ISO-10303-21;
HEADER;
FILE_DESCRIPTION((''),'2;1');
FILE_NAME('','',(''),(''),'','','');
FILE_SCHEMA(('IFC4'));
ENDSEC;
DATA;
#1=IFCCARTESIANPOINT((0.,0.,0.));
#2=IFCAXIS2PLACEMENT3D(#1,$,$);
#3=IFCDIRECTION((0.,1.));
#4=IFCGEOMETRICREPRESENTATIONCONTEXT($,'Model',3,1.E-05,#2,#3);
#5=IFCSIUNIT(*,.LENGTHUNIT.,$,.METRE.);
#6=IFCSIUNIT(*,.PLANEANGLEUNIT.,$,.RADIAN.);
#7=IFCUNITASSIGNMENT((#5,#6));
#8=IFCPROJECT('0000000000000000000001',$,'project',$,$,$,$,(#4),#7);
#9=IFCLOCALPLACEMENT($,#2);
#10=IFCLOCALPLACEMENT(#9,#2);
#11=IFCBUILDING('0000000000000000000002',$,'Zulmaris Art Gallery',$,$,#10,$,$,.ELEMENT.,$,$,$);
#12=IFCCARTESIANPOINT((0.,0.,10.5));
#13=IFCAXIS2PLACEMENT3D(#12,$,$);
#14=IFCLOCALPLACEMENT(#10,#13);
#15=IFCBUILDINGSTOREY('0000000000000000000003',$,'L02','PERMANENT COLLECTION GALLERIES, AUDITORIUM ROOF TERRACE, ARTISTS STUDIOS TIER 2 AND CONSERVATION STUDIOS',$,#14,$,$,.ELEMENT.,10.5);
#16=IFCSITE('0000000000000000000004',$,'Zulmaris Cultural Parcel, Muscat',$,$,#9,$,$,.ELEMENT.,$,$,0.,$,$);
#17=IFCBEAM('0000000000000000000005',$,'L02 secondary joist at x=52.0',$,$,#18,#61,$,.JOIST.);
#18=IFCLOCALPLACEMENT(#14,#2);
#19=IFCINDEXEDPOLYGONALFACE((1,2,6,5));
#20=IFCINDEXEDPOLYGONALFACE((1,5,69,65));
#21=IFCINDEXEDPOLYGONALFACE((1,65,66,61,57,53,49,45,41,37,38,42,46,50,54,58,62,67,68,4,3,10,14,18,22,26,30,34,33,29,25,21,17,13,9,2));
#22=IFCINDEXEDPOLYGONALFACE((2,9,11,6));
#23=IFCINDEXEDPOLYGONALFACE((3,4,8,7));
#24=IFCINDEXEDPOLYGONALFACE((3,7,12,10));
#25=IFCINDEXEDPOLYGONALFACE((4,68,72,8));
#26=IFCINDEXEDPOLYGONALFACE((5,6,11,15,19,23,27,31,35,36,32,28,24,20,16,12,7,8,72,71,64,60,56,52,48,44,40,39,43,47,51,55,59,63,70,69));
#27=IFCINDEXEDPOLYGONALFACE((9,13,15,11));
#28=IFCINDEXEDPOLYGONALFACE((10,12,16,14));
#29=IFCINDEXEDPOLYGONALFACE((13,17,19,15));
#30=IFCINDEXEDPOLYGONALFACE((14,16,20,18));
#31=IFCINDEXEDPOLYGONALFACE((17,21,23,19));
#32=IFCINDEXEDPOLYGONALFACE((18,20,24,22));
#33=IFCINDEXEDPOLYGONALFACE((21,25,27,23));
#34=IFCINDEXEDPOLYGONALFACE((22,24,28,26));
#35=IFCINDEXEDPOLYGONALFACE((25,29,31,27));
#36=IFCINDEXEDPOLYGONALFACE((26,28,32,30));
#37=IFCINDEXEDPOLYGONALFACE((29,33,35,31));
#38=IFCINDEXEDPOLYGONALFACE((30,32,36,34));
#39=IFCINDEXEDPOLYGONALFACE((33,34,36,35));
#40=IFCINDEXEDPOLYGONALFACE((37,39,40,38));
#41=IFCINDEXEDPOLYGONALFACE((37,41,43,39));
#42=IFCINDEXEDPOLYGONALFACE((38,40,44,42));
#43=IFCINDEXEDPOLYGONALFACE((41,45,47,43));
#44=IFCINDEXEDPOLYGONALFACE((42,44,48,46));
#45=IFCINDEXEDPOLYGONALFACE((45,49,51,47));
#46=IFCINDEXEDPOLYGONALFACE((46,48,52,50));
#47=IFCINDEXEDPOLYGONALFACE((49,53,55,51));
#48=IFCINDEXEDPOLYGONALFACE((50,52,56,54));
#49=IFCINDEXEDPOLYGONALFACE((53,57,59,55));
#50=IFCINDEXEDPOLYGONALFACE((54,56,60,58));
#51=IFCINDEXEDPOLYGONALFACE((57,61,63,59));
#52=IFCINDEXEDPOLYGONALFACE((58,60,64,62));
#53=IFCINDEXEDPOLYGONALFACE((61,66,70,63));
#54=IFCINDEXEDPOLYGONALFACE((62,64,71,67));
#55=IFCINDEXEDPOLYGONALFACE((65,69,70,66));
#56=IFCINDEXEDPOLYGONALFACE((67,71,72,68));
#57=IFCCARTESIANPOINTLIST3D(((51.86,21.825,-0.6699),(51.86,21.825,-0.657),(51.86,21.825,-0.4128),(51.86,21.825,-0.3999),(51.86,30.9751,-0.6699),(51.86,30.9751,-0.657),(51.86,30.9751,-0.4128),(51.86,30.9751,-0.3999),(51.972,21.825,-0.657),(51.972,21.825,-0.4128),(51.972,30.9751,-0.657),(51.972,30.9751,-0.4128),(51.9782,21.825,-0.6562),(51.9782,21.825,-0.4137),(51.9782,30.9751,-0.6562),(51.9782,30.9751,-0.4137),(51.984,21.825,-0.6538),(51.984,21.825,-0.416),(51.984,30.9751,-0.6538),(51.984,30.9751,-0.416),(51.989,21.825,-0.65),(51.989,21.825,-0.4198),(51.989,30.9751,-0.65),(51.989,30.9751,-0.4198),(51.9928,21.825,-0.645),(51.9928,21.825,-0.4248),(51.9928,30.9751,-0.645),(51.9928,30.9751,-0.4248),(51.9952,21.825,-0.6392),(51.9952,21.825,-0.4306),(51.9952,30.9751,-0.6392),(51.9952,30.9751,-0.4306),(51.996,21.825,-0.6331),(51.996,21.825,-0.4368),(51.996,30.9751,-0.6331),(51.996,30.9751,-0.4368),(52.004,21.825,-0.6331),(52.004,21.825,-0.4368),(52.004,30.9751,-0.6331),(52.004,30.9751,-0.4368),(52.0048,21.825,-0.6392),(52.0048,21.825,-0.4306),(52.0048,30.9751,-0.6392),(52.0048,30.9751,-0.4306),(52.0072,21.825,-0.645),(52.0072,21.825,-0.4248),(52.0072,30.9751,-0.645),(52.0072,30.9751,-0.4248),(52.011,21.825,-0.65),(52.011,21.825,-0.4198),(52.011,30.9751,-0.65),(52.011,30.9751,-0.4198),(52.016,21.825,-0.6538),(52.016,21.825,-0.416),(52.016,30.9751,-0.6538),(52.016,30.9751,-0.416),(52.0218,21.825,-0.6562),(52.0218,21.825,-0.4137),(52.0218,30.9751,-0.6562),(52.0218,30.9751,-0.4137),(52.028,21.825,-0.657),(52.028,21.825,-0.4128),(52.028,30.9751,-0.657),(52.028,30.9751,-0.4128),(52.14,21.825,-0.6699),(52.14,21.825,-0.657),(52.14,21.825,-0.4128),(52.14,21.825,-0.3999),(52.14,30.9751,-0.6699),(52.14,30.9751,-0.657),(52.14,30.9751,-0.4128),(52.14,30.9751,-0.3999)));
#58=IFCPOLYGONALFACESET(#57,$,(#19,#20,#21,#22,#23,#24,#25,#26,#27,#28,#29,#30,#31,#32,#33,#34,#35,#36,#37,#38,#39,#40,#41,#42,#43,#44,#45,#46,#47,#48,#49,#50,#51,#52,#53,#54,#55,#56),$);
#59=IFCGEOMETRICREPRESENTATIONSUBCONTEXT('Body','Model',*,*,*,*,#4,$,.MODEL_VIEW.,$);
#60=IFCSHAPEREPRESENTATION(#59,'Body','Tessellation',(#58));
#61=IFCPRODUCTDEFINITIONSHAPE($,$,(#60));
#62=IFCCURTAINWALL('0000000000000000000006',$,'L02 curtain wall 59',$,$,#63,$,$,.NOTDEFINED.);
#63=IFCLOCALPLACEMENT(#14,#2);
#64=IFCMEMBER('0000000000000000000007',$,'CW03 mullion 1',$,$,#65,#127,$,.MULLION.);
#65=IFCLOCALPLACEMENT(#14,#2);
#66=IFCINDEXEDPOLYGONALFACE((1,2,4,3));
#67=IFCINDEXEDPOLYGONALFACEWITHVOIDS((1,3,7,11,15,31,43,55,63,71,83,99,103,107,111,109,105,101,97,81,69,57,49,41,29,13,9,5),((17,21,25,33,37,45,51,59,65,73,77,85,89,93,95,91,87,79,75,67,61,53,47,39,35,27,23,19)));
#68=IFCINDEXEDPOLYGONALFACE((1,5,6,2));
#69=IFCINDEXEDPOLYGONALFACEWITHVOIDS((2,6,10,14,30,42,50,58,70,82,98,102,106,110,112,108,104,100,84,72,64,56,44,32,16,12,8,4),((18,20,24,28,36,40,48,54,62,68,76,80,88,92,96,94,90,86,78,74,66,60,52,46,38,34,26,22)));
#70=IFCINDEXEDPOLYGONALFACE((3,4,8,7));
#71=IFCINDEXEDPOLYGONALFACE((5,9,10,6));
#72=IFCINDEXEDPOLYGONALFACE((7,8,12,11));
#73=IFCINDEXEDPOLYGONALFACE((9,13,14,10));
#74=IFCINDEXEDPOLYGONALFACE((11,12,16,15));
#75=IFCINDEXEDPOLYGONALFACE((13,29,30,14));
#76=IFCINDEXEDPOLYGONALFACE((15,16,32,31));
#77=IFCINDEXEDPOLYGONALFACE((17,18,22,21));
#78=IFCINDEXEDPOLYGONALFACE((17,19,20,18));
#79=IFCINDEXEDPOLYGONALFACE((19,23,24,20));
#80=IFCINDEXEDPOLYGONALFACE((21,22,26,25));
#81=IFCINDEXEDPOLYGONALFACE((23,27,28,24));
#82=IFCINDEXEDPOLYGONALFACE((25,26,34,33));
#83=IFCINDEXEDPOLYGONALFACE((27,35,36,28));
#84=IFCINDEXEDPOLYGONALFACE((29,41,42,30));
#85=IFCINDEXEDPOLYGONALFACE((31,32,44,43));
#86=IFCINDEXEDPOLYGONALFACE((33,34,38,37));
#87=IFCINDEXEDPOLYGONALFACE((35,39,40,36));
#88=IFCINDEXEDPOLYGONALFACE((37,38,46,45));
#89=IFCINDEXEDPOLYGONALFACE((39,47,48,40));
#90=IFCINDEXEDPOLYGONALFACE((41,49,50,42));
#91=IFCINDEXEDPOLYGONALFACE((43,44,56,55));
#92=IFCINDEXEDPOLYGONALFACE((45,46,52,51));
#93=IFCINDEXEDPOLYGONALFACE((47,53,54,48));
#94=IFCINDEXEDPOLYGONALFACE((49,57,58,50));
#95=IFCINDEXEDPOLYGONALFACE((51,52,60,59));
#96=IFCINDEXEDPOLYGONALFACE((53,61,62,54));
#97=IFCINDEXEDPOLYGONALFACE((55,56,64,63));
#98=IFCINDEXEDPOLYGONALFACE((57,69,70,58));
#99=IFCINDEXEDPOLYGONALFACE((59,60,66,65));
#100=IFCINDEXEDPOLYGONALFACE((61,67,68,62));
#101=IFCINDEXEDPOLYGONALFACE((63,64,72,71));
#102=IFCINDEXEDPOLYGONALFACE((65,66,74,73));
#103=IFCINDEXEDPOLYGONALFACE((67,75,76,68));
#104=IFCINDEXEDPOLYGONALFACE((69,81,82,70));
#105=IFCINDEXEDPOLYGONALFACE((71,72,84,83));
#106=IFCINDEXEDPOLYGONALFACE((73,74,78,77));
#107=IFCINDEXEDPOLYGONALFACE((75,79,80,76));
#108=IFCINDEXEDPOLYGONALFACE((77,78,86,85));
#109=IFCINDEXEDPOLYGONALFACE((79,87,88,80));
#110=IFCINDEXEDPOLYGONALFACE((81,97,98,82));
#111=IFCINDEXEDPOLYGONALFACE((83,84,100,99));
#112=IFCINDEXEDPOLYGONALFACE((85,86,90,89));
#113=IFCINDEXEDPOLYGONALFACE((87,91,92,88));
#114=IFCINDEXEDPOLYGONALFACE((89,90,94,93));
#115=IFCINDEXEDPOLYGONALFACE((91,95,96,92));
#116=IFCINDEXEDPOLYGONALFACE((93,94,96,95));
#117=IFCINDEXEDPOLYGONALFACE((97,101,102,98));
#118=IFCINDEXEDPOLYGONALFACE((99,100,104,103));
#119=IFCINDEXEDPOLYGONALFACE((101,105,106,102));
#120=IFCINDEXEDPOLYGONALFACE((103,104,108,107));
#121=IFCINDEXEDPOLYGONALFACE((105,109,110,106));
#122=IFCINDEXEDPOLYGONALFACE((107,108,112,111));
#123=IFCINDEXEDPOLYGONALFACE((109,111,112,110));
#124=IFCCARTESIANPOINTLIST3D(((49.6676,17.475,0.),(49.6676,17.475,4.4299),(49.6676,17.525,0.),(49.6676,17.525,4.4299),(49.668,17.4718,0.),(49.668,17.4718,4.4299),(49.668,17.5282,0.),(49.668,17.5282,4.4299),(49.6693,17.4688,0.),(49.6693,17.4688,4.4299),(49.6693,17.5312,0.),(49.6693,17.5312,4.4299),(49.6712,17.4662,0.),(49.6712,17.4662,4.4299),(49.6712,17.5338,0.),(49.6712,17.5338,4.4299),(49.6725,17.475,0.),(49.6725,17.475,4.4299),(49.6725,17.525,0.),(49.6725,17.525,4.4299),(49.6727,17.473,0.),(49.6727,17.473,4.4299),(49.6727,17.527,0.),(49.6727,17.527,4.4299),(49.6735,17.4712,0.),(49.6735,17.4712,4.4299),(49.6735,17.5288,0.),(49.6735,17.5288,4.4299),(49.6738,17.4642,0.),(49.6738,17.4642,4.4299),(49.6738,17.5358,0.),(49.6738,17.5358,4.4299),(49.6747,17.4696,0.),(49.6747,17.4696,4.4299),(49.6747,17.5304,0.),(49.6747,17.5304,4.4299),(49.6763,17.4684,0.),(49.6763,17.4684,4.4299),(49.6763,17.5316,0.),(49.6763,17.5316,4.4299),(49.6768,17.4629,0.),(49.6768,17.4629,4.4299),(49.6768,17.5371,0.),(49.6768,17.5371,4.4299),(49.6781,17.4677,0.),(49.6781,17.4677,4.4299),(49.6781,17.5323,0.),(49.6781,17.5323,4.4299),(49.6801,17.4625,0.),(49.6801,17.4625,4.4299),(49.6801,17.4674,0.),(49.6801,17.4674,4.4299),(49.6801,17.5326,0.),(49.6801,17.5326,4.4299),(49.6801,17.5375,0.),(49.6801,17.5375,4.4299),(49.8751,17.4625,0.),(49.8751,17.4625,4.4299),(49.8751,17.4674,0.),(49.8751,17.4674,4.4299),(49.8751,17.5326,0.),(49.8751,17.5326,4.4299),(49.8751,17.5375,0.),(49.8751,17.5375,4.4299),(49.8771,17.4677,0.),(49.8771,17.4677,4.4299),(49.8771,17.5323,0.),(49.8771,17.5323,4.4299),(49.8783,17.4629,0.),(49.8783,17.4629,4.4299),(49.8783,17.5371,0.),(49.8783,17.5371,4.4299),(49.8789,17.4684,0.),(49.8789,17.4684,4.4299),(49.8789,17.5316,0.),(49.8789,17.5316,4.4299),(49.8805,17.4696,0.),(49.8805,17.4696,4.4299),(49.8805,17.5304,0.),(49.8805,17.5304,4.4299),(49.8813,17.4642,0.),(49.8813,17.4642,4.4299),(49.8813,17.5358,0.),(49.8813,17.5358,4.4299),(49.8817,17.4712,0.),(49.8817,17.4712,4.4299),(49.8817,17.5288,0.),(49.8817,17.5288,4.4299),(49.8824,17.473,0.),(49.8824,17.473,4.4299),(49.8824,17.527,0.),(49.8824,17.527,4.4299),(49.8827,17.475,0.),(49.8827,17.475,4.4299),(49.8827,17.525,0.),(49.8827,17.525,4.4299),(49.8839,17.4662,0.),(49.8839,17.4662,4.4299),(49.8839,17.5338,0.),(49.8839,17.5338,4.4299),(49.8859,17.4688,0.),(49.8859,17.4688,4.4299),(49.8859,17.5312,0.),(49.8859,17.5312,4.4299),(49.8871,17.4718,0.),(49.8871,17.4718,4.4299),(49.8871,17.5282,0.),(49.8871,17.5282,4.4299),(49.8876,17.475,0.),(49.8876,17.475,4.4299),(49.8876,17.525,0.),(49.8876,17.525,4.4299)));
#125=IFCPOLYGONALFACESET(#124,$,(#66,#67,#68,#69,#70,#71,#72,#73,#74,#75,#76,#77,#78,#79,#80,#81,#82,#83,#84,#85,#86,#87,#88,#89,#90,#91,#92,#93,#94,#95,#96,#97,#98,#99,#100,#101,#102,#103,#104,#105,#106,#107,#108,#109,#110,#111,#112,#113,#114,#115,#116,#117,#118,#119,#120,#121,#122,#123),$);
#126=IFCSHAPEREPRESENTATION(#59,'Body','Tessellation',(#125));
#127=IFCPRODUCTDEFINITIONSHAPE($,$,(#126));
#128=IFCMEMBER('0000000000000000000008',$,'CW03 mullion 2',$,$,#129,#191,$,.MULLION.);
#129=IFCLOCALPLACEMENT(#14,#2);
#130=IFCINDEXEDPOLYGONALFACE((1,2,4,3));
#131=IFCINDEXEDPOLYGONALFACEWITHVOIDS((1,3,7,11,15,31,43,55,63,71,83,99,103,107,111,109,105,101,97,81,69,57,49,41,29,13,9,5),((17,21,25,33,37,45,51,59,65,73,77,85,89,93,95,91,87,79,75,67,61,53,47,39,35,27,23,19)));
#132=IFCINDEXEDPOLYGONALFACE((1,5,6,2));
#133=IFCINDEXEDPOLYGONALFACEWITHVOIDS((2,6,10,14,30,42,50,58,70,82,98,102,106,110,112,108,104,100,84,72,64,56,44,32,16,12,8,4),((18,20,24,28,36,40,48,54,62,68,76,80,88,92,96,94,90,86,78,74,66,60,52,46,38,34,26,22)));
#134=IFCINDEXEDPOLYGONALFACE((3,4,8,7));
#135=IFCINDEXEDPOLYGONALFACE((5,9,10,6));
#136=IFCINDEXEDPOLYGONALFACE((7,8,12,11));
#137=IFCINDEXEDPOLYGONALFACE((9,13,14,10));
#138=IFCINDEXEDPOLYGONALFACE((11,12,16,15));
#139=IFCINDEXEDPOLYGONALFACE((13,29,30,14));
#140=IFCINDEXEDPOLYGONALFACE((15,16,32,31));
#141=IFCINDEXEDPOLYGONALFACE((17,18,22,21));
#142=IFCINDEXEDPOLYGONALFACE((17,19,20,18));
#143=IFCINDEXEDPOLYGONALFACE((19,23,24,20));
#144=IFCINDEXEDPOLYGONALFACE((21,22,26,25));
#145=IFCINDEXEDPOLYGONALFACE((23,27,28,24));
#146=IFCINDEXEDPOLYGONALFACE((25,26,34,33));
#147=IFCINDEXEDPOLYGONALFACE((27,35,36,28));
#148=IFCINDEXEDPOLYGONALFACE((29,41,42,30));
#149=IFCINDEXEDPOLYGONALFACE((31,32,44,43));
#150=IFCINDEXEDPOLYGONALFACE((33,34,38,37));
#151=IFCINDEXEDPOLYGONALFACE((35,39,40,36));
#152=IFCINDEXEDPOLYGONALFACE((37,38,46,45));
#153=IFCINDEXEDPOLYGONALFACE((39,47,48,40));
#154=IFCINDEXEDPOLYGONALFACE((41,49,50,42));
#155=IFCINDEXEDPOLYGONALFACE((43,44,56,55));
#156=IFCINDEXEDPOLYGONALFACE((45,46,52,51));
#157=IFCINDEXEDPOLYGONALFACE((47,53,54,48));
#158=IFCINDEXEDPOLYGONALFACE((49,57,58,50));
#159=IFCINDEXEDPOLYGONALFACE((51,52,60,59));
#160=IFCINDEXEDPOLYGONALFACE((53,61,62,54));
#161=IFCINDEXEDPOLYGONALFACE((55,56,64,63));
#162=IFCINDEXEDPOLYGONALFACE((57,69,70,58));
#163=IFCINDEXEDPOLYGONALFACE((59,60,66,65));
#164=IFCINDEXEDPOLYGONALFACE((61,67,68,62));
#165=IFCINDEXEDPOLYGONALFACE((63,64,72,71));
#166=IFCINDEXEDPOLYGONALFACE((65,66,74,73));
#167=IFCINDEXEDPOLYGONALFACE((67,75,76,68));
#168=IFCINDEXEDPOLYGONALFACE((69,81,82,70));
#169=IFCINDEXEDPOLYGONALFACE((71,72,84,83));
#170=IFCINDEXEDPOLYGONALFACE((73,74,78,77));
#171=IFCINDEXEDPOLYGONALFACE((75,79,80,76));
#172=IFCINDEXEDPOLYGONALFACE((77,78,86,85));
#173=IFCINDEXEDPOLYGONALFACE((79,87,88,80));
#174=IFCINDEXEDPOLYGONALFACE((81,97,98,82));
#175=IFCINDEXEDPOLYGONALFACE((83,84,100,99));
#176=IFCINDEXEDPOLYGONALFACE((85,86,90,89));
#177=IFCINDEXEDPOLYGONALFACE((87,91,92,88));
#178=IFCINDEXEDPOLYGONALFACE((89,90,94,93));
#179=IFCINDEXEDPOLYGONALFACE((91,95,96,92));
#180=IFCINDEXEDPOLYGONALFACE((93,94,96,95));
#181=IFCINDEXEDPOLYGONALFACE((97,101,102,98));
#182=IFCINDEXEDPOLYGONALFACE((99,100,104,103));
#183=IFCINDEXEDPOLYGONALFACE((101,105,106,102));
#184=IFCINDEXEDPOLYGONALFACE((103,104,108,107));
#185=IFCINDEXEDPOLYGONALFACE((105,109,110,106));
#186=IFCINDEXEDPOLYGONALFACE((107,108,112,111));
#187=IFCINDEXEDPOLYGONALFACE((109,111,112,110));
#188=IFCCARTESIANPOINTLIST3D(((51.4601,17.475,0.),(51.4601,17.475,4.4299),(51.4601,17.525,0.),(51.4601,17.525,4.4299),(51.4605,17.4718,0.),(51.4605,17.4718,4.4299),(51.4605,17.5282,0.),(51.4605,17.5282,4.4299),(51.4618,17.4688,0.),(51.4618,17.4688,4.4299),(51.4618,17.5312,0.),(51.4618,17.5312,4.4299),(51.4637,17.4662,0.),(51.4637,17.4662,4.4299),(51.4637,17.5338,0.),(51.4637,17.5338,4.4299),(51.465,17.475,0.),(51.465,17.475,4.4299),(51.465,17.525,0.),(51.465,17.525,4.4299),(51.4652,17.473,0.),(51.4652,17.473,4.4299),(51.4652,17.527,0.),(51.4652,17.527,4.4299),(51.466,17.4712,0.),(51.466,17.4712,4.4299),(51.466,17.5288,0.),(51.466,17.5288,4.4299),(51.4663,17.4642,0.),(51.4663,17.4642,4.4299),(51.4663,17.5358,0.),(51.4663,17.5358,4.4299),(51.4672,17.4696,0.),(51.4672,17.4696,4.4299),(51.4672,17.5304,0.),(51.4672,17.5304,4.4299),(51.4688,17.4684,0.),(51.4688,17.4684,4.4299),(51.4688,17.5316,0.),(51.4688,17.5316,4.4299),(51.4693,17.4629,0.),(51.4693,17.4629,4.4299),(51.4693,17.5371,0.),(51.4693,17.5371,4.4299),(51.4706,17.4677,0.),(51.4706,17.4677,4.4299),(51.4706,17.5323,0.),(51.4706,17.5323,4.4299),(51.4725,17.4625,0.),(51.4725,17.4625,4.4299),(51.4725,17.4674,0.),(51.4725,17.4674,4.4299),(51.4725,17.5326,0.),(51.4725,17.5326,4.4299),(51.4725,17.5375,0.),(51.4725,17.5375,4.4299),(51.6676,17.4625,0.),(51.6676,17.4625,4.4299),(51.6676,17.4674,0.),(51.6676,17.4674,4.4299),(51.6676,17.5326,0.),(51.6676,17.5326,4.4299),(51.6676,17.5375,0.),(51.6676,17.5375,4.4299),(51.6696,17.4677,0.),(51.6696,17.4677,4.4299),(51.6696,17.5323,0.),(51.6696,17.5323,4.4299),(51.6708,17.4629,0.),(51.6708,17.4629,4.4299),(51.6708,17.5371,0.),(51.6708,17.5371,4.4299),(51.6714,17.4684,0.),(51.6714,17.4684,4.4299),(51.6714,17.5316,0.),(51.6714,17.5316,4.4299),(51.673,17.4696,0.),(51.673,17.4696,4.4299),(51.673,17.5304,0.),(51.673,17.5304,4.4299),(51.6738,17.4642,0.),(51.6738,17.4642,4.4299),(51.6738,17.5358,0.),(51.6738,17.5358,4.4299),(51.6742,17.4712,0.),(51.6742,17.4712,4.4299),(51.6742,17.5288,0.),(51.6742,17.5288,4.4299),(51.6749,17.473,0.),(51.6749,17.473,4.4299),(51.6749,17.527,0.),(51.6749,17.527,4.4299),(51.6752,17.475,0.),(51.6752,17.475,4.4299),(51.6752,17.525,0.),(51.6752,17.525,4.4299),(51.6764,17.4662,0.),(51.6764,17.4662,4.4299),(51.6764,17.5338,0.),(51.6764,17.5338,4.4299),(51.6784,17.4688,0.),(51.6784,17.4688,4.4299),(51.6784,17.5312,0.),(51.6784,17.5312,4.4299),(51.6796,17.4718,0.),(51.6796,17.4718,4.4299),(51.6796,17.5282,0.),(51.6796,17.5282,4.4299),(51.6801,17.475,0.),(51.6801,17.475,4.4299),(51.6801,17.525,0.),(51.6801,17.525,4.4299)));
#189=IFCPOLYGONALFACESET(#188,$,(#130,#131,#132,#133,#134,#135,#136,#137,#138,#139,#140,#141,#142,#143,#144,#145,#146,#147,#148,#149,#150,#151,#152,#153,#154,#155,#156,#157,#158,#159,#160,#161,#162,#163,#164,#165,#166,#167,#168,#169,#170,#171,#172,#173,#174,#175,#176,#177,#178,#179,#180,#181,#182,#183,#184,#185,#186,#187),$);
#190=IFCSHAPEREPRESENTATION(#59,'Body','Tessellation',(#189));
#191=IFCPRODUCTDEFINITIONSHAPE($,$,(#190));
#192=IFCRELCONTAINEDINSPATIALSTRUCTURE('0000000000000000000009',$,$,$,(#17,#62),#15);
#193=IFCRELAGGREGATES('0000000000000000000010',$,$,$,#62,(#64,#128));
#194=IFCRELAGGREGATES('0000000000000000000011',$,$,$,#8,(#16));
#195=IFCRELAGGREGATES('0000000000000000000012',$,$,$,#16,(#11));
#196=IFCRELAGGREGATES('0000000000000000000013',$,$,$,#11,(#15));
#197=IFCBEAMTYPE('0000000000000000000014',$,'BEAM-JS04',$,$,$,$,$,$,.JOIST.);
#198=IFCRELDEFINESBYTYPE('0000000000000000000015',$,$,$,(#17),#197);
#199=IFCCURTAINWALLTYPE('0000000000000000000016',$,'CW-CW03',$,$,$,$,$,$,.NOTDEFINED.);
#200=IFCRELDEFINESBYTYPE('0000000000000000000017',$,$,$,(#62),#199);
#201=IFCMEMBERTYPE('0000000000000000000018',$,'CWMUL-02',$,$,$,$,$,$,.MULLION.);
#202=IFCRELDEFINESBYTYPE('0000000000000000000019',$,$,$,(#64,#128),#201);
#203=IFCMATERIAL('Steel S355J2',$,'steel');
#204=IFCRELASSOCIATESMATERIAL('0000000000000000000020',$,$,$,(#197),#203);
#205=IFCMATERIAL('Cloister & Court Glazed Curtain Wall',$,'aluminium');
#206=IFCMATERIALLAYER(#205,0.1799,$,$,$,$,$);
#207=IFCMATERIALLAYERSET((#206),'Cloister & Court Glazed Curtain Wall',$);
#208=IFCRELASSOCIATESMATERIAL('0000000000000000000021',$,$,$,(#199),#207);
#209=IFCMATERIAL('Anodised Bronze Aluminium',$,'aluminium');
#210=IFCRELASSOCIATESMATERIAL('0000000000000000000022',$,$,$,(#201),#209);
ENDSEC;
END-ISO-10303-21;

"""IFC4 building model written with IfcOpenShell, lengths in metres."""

from ifc_helpers import new_model, si_unit, direction, frame, origin, origin_2d, place, context, subcontext, project, spatial, hollow_rectangle, i_section, extrude, material, layer, layer_set, material_profile, profile_set, type_object, element, aggregate, save


model = new_model("IFC4")

# Units and contexts
model_context = context("Model", 3, precision=1e-05, world=origin(), true_north=direction((0.0, 1.0)))
body_context = subcontext(model_context, "Body", "Model", "MODEL_VIEW")
ifc_project = project(units=[si_unit("LENGTHUNIT", "METRE"), si_unit("PLANEANGLEUNIT", "RADIAN")], contexts=[model_context])

# Site, building, storey
site_placement = place(None, origin())
site = spatial("IfcSite", under=ifc_project, at=site_placement, Name="Zulmaris Cultural Parcel, Muscat", CompositionType="ELEMENT", RefElevation=0.0)
building_placement = place(site_placement, origin())
building = spatial("IfcBuilding", under=site, at=building_placement, Name="Zulmaris Art Gallery", CompositionType="ELEMENT")
storey_placement = place(building_placement, frame((0.0, 0.0, 10.5)))
storey = spatial("IfcBuildingStorey", under=building, at=storey_placement, Name="L02", Description="PERMANENT COLLECTION GALLERIES, AUDITORIUM ROOF TERRACE, ARTISTS STUDIOS TIER 2 AND CONSERVATION STUDIOS", CompositionType="ELEMENT", Elevation=10.5)

# Beam
ifc_material_1 = material(Name="Steel S355J2", Category="steel")
ifc_material_profile_1 = material_profile(ifc_material_1, i_section(OverallWidth=0.28, OverallDepth=0.27, WebThickness=0.0081, FlangeThickness=0.0129, FilletRadius=0.0239, at=origin_2d()), Name="HEA 280")
ifc_profile_set_1 = profile_set([ifc_material_profile_1], Name="Steel S355J2")
beam_type_1 = type_object("IfcBeamType", Name="BEAM-JS04", PredefinedType="JOIST", material=ifc_profile_set_1)
beam_1_placement = place(storey_placement, frame((52.0, 21.825, -0.5349), z_axis=(0.0, 1.0, 0.0), x_axis=(-1.0, 0.0, 0.0)))
element("IfcBeam", 1, at=beam_1_placement, inside=storey, type_object=beam_type_1, Name="L02 secondary joist at x=52.0", PredefinedType="JOIST", context=body_context, shape_type="SweptSolid", body=[
    extrude(i_section(OverallWidth=0.28, OverallDepth=0.27, WebThickness=0.0081, FlangeThickness=0.0129, FilletRadius=0.0239, at=origin_2d()), origin(), (0.0, 0.0, 1.0), 9.1501),
])

# Curtain wall, members
ifc_material_2 = material(Name="Cloister & Court Glazed Curtain Wall", Category="aluminium")
ifc_layer_1 = layer(ifc_material_2, 0.1799)
ifc_layer_set_1 = layer_set([ifc_layer_1], Name="Cloister & Court Glazed Curtain Wall")
curtain_wall_type = type_object("IfcCurtainWallType", Name="CW-CW03", PredefinedType="NOTDEFINED", material=ifc_layer_set_1)
curtain_wall_placement = place(storey_placement, origin())
curtain_wall = element("IfcCurtainWall", 2, at=curtain_wall_placement, inside=storey, type_object=curtain_wall_type, Name="L02 curtain wall 59", PredefinedType="NOTDEFINED")
ifc_material_3 = material(Name="Anodised Bronze Aluminium", Category="aluminium")
ifc_material_profile_2 = material_profile(ifc_material_3, hollow_rectangle(XDim=0.075, YDim=0.22, WallThickness=0.0049, InnerFilletRadius=0.0076, OuterFilletRadius=0.0125, at=origin_2d()), Name="ALU 75x220x5")
ifc_profile_set_2 = profile_set([ifc_material_profile_2], Name="Anodised Bronze Aluminium")
member_type_1 = type_object("IfcMemberType", Name="CWMUL-02", PredefinedType="MULLION", material=ifc_profile_set_2)
member_1_placement = place(storey_placement, frame((49.7776, 17.5, 0.0), z_axis=(0.0, 0.0, 1.0), x_axis=(0.0, 1.0, 0.0)))
member_1 = element("IfcMember", 3, at=member_1_placement, type_object=member_type_1, Name="CW03 mullion 1", PredefinedType="MULLION", context=body_context, shape_type="SweptSolid", body=[
    extrude(hollow_rectangle(XDim=0.075, YDim=0.22, WallThickness=0.0049, InnerFilletRadius=0.0076, OuterFilletRadius=0.0125, at=origin_2d()), origin(), (0.0, 0.0, 1.0), 4.4299),
])
member_2_placement = place(storey_placement, frame((51.5701, 17.5, 0.0), z_axis=(0.0, 0.0, 1.0), x_axis=(0.0, 1.0, 0.0)))
member_2 = element("IfcMember", 4, at=member_2_placement, type_object=member_type_1, Name="CW03 mullion 2", PredefinedType="MULLION", context=body_context, shape_type="SweptSolid", body=[
    extrude(hollow_rectangle(XDim=0.075, YDim=0.22, WallThickness=0.0049, InnerFilletRadius=0.0076, OuterFilletRadius=0.0125, at=origin_2d()), origin(), (0.0, 0.0, 1.0), 4.4299),
])
aggregate(curtain_wall, [member_1, member_2])

save(model, "model.ifc")
